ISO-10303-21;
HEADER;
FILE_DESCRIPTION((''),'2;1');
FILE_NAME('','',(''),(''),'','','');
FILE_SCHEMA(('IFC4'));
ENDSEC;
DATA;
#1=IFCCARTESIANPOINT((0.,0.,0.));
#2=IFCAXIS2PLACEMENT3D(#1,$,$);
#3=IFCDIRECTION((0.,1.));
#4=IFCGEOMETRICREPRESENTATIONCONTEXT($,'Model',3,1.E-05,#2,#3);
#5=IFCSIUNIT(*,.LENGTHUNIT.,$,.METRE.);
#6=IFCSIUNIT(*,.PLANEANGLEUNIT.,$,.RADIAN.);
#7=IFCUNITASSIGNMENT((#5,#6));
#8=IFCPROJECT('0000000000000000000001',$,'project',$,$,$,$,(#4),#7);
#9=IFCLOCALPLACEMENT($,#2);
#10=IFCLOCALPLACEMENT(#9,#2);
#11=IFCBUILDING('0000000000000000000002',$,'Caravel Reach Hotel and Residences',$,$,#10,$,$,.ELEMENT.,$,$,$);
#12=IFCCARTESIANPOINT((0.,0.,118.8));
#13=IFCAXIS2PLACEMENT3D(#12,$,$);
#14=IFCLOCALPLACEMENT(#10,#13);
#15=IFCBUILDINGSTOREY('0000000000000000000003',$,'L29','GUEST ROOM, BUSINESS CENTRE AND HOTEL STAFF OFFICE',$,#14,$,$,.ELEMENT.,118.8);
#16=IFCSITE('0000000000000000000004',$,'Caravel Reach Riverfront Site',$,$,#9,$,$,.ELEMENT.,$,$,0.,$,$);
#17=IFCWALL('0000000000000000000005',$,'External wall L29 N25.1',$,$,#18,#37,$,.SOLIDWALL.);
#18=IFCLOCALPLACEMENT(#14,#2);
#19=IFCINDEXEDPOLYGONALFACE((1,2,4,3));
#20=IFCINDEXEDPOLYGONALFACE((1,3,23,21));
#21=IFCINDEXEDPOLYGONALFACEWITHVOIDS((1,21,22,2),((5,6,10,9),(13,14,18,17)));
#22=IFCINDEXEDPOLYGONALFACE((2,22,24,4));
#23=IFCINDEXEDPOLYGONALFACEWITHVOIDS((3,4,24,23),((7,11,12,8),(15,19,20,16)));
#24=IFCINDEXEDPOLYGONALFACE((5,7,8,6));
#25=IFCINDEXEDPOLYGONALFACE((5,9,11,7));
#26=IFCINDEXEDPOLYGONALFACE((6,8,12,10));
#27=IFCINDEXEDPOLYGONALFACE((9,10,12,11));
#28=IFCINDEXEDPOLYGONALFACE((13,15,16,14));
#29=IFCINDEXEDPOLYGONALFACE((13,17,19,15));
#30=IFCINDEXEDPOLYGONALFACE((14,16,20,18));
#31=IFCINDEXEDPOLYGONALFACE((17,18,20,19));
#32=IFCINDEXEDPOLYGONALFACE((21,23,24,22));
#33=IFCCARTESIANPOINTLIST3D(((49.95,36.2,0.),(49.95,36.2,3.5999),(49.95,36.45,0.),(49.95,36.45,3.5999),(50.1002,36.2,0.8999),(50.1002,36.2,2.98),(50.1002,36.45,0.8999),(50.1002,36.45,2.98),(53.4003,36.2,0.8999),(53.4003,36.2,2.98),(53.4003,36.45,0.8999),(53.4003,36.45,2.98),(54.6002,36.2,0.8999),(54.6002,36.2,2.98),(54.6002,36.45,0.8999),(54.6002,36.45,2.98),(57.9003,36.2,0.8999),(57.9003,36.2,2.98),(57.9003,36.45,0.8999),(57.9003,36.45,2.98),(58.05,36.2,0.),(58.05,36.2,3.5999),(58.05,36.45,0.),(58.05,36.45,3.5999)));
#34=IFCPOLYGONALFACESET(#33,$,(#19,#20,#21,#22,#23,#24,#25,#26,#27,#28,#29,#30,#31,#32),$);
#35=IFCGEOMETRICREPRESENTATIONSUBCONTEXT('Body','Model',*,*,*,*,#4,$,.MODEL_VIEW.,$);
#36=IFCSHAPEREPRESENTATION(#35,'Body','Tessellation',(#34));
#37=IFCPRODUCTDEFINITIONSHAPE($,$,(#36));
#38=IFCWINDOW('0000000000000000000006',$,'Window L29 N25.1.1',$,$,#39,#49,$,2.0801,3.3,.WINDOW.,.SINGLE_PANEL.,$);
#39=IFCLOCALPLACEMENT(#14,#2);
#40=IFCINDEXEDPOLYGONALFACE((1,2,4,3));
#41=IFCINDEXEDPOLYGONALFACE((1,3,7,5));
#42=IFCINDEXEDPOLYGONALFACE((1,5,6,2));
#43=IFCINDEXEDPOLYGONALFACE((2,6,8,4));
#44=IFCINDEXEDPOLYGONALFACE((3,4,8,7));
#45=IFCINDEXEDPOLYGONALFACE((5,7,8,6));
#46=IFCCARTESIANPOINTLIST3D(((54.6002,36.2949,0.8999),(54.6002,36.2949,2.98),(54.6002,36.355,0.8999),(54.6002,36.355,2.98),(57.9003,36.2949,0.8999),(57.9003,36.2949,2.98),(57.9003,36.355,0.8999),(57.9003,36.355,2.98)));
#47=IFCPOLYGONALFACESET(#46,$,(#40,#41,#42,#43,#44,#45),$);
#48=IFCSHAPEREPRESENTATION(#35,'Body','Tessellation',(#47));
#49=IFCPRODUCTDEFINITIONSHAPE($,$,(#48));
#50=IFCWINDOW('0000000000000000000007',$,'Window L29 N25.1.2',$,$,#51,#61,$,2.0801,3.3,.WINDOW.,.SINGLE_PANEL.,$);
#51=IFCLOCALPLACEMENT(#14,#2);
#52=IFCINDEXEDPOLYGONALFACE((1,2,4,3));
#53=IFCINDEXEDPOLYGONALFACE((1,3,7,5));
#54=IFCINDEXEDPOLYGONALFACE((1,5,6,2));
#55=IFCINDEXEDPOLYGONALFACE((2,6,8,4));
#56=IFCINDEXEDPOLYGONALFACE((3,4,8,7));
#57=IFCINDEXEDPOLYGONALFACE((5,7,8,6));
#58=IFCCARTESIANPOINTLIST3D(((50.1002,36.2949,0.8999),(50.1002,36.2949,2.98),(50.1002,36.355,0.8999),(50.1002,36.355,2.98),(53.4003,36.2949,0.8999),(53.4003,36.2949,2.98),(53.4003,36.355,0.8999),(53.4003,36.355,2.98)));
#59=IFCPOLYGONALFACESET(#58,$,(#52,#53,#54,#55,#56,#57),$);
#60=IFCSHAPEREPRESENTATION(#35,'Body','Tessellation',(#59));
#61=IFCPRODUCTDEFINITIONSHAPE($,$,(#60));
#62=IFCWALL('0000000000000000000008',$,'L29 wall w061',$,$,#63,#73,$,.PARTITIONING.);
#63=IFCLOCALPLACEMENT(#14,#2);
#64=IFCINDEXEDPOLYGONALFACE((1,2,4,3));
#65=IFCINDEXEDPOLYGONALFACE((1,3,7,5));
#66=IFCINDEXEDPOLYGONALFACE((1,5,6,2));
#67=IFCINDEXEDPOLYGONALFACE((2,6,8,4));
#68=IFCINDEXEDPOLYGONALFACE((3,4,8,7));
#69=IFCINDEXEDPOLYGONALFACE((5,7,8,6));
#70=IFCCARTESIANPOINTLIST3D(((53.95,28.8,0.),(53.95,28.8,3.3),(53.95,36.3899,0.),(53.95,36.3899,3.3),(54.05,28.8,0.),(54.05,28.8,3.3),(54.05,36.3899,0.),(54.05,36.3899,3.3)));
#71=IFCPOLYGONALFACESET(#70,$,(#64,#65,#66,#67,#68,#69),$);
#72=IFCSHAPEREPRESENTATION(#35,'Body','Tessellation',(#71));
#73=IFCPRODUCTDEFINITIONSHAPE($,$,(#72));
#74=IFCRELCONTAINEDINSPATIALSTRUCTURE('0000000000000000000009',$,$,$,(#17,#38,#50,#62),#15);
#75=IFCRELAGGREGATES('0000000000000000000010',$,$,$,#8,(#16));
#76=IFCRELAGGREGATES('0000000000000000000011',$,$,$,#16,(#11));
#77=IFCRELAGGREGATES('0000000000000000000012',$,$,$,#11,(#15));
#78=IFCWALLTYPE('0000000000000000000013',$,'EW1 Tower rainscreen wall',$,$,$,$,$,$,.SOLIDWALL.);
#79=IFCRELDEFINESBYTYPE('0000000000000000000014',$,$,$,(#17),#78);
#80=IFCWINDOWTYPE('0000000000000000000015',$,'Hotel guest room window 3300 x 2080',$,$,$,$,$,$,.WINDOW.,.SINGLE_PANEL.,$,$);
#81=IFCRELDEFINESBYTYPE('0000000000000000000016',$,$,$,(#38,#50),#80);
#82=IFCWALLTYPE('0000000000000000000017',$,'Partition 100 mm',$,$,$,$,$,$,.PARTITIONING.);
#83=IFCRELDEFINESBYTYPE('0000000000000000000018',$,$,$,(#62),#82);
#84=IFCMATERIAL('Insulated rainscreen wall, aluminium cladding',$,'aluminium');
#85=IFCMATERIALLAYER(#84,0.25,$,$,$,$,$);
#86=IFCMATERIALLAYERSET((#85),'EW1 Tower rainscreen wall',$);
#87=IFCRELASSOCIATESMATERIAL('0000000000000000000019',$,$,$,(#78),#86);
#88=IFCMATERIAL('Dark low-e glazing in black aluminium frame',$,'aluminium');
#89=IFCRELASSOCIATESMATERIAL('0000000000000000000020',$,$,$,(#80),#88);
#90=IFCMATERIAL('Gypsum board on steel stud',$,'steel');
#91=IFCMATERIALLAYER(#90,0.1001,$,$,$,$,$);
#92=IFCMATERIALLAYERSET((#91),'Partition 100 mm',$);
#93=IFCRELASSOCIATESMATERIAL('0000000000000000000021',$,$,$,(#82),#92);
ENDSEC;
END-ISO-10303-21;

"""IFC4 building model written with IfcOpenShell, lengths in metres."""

from ifc_helpers import new_model, si_unit, direction, frame, frame_2d, origin, place, context, subcontext, project, spatial, rectangle, extrude, material, layer, layer_set, type_object, element, fill, save


model = new_model("IFC4")

# Units and contexts
model_context = context("Model", 3, precision=1e-05, world=origin(), true_north=direction((0.0, 1.0)))
body_context = subcontext(model_context, "Body", "Model", "MODEL_VIEW")
ifc_project = project(units=[si_unit("LENGTHUNIT", "METRE"), si_unit("PLANEANGLEUNIT", "RADIAN")], contexts=[model_context])

# Site, building, storey
site_placement = place(None, origin())
site = spatial("IfcSite", under=ifc_project, at=site_placement, Name="Caravel Reach Riverfront Site", CompositionType="ELEMENT", RefElevation=0.0)
building_placement = place(site_placement, origin())
building = spatial("IfcBuilding", under=site, at=building_placement, Name="Caravel Reach Hotel and Residences", CompositionType="ELEMENT")
storey_placement = place(building_placement, frame((0.0, 0.0, 118.8)))
storey = spatial("IfcBuildingStorey", under=building, at=storey_placement, Name="L29", Description="GUEST ROOM, BUSINESS CENTRE AND HOTEL STAFF OFFICE", CompositionType="ELEMENT", Elevation=118.8)

# Shared definitions
ifc_material_1 = material(Name="Insulated rainscreen wall, aluminium cladding", Category="aluminium")
ifc_layer_1 = layer(ifc_material_1, 0.25)
ifc_layer_set_1 = layer_set([ifc_layer_1], Name="EW1 Tower rainscreen wall")
wall_type_1 = type_object("IfcWallType", Name="EW1 Tower rainscreen wall", PredefinedType="SOLIDWALL", material=ifc_layer_set_1)

# Wall, openings, windows
wall_1_placement = place(storey_placement, frame((58.05, 36.325, 0.0), z_axis=(0.0, 0.0, 1.0), x_axis=(-1.0, 0.0, 0.0)))
wall_1 = element("IfcWall", 1, at=wall_1_placement, inside=storey, type_object=wall_type_1, Name="External wall L29 N25.1", PredefinedType="SOLIDWALL", context=body_context, shape_type="SweptSolid", body=[
    extrude(rectangle(XDim=8.1001, YDim=0.25, at=frame_2d((4.05, 0.0))), origin(), (0.0, 0.0, 1.0), 3.5999),
])
opening_1_placement = place(wall_1_placement, frame((0.1499, 0.0, 0.8999)))
opening_1 = element("IfcOpeningElement", 2, at=opening_1_placement, cuts=wall_1, PredefinedType="OPENING", context=body_context, shape_type="SweptSolid", body=[
    extrude(rectangle(XDim=3.3, YDim=2.0801, at=frame_2d((1.6499, 1.04))), frame((0.0, 0.135, 0.0), z_axis=(0.0, -1.0, 0.0), x_axis=(1.0, 0.0, 0.0)), (0.0, 0.0, 1.0), 0.27),
])
opening_2_placement = place(wall_1_placement, frame((4.6499, 0.0, 0.8999)))
opening_2 = element("IfcOpeningElement", 3, at=opening_2_placement, cuts=wall_1, PredefinedType="OPENING", context=body_context, shape_type="SweptSolid", body=[
    extrude(rectangle(XDim=3.3, YDim=2.0801, at=frame_2d((1.6499, 1.04))), frame((0.0, 0.135, 0.0), z_axis=(0.0, -1.0, 0.0), x_axis=(1.0, 0.0, 0.0)), (0.0, 0.0, 1.0), 0.27),
])
ifc_material_2 = material(Name="Dark low-e glazing in black aluminium frame", Category="aluminium")
window_type_1 = type_object("IfcWindowType", Name="Hotel guest room window 3300 x 2080", PartitioningType="SINGLE_PANEL", PredefinedType="WINDOW", material=ifc_material_2)
window_1_placement = place(opening_1_placement, origin())
window_1 = element("IfcWindow", 4, at=window_1_placement, inside=storey, type_object=window_type_1, Name="Window L29 N25.1.1", OverallHeight=2.0801, OverallWidth=3.3, PartitioningType="SINGLE_PANEL", PredefinedType="WINDOW", context=body_context, shape_type="SweptSolid", body=[
    extrude(rectangle(XDim=3.3, YDim=2.0801, at=frame_2d((1.6499, 1.04))), frame((0.0, 0.03, 0.0), z_axis=(0.0, -1.0, 0.0), x_axis=(1.0, 0.0, 0.0)), (0.0, 0.0, 1.0), 0.0601),
])
fill(opening_1, window_1)
window_2_placement = place(opening_2_placement, origin())
window_2 = element("IfcWindow", 5, at=window_2_placement, inside=storey, type_object=window_type_1, Name="Window L29 N25.1.2", OverallHeight=2.0801, OverallWidth=3.3, PartitioningType="SINGLE_PANEL", PredefinedType="WINDOW", context=body_context, shape_type="SweptSolid", body=[
    extrude(rectangle(XDim=3.3, YDim=2.0801, at=frame_2d((1.6499, 1.04))), frame((0.0, 0.03, 0.0), z_axis=(0.0, -1.0, 0.0), x_axis=(1.0, 0.0, 0.0)), (0.0, 0.0, 1.0), 0.0601),
])
fill(opening_2, window_2)

# Wall
ifc_material_3 = material(Name="Gypsum board on steel stud", Category="steel")
ifc_layer_2 = layer(ifc_material_3, 0.1001)
ifc_layer_set_2 = layer_set([ifc_layer_2], Name="Partition 100 mm")
wall_type_2 = type_object("IfcWallType", Name="Partition 100 mm", PredefinedType="PARTITIONING", material=ifc_layer_set_2)
wall_2_placement = place(storey_placement, frame((54.0, 28.8, 0.0), z_axis=(0.0, 0.0, 1.0), x_axis=(0.0, 1.0, 0.0)))
element("IfcWall", 6, at=wall_2_placement, inside=storey, type_object=wall_type_2, Name="L29 wall w061", PredefinedType="PARTITIONING", context=body_context, shape_type="SweptSolid", body=[
    extrude(rectangle(XDim=7.5898, YDim=0.1001, at=frame_2d((3.7949, 0.0))), origin(), (0.0, 0.0, 1.0), 3.3),
])

save(model, "model.ifc")
